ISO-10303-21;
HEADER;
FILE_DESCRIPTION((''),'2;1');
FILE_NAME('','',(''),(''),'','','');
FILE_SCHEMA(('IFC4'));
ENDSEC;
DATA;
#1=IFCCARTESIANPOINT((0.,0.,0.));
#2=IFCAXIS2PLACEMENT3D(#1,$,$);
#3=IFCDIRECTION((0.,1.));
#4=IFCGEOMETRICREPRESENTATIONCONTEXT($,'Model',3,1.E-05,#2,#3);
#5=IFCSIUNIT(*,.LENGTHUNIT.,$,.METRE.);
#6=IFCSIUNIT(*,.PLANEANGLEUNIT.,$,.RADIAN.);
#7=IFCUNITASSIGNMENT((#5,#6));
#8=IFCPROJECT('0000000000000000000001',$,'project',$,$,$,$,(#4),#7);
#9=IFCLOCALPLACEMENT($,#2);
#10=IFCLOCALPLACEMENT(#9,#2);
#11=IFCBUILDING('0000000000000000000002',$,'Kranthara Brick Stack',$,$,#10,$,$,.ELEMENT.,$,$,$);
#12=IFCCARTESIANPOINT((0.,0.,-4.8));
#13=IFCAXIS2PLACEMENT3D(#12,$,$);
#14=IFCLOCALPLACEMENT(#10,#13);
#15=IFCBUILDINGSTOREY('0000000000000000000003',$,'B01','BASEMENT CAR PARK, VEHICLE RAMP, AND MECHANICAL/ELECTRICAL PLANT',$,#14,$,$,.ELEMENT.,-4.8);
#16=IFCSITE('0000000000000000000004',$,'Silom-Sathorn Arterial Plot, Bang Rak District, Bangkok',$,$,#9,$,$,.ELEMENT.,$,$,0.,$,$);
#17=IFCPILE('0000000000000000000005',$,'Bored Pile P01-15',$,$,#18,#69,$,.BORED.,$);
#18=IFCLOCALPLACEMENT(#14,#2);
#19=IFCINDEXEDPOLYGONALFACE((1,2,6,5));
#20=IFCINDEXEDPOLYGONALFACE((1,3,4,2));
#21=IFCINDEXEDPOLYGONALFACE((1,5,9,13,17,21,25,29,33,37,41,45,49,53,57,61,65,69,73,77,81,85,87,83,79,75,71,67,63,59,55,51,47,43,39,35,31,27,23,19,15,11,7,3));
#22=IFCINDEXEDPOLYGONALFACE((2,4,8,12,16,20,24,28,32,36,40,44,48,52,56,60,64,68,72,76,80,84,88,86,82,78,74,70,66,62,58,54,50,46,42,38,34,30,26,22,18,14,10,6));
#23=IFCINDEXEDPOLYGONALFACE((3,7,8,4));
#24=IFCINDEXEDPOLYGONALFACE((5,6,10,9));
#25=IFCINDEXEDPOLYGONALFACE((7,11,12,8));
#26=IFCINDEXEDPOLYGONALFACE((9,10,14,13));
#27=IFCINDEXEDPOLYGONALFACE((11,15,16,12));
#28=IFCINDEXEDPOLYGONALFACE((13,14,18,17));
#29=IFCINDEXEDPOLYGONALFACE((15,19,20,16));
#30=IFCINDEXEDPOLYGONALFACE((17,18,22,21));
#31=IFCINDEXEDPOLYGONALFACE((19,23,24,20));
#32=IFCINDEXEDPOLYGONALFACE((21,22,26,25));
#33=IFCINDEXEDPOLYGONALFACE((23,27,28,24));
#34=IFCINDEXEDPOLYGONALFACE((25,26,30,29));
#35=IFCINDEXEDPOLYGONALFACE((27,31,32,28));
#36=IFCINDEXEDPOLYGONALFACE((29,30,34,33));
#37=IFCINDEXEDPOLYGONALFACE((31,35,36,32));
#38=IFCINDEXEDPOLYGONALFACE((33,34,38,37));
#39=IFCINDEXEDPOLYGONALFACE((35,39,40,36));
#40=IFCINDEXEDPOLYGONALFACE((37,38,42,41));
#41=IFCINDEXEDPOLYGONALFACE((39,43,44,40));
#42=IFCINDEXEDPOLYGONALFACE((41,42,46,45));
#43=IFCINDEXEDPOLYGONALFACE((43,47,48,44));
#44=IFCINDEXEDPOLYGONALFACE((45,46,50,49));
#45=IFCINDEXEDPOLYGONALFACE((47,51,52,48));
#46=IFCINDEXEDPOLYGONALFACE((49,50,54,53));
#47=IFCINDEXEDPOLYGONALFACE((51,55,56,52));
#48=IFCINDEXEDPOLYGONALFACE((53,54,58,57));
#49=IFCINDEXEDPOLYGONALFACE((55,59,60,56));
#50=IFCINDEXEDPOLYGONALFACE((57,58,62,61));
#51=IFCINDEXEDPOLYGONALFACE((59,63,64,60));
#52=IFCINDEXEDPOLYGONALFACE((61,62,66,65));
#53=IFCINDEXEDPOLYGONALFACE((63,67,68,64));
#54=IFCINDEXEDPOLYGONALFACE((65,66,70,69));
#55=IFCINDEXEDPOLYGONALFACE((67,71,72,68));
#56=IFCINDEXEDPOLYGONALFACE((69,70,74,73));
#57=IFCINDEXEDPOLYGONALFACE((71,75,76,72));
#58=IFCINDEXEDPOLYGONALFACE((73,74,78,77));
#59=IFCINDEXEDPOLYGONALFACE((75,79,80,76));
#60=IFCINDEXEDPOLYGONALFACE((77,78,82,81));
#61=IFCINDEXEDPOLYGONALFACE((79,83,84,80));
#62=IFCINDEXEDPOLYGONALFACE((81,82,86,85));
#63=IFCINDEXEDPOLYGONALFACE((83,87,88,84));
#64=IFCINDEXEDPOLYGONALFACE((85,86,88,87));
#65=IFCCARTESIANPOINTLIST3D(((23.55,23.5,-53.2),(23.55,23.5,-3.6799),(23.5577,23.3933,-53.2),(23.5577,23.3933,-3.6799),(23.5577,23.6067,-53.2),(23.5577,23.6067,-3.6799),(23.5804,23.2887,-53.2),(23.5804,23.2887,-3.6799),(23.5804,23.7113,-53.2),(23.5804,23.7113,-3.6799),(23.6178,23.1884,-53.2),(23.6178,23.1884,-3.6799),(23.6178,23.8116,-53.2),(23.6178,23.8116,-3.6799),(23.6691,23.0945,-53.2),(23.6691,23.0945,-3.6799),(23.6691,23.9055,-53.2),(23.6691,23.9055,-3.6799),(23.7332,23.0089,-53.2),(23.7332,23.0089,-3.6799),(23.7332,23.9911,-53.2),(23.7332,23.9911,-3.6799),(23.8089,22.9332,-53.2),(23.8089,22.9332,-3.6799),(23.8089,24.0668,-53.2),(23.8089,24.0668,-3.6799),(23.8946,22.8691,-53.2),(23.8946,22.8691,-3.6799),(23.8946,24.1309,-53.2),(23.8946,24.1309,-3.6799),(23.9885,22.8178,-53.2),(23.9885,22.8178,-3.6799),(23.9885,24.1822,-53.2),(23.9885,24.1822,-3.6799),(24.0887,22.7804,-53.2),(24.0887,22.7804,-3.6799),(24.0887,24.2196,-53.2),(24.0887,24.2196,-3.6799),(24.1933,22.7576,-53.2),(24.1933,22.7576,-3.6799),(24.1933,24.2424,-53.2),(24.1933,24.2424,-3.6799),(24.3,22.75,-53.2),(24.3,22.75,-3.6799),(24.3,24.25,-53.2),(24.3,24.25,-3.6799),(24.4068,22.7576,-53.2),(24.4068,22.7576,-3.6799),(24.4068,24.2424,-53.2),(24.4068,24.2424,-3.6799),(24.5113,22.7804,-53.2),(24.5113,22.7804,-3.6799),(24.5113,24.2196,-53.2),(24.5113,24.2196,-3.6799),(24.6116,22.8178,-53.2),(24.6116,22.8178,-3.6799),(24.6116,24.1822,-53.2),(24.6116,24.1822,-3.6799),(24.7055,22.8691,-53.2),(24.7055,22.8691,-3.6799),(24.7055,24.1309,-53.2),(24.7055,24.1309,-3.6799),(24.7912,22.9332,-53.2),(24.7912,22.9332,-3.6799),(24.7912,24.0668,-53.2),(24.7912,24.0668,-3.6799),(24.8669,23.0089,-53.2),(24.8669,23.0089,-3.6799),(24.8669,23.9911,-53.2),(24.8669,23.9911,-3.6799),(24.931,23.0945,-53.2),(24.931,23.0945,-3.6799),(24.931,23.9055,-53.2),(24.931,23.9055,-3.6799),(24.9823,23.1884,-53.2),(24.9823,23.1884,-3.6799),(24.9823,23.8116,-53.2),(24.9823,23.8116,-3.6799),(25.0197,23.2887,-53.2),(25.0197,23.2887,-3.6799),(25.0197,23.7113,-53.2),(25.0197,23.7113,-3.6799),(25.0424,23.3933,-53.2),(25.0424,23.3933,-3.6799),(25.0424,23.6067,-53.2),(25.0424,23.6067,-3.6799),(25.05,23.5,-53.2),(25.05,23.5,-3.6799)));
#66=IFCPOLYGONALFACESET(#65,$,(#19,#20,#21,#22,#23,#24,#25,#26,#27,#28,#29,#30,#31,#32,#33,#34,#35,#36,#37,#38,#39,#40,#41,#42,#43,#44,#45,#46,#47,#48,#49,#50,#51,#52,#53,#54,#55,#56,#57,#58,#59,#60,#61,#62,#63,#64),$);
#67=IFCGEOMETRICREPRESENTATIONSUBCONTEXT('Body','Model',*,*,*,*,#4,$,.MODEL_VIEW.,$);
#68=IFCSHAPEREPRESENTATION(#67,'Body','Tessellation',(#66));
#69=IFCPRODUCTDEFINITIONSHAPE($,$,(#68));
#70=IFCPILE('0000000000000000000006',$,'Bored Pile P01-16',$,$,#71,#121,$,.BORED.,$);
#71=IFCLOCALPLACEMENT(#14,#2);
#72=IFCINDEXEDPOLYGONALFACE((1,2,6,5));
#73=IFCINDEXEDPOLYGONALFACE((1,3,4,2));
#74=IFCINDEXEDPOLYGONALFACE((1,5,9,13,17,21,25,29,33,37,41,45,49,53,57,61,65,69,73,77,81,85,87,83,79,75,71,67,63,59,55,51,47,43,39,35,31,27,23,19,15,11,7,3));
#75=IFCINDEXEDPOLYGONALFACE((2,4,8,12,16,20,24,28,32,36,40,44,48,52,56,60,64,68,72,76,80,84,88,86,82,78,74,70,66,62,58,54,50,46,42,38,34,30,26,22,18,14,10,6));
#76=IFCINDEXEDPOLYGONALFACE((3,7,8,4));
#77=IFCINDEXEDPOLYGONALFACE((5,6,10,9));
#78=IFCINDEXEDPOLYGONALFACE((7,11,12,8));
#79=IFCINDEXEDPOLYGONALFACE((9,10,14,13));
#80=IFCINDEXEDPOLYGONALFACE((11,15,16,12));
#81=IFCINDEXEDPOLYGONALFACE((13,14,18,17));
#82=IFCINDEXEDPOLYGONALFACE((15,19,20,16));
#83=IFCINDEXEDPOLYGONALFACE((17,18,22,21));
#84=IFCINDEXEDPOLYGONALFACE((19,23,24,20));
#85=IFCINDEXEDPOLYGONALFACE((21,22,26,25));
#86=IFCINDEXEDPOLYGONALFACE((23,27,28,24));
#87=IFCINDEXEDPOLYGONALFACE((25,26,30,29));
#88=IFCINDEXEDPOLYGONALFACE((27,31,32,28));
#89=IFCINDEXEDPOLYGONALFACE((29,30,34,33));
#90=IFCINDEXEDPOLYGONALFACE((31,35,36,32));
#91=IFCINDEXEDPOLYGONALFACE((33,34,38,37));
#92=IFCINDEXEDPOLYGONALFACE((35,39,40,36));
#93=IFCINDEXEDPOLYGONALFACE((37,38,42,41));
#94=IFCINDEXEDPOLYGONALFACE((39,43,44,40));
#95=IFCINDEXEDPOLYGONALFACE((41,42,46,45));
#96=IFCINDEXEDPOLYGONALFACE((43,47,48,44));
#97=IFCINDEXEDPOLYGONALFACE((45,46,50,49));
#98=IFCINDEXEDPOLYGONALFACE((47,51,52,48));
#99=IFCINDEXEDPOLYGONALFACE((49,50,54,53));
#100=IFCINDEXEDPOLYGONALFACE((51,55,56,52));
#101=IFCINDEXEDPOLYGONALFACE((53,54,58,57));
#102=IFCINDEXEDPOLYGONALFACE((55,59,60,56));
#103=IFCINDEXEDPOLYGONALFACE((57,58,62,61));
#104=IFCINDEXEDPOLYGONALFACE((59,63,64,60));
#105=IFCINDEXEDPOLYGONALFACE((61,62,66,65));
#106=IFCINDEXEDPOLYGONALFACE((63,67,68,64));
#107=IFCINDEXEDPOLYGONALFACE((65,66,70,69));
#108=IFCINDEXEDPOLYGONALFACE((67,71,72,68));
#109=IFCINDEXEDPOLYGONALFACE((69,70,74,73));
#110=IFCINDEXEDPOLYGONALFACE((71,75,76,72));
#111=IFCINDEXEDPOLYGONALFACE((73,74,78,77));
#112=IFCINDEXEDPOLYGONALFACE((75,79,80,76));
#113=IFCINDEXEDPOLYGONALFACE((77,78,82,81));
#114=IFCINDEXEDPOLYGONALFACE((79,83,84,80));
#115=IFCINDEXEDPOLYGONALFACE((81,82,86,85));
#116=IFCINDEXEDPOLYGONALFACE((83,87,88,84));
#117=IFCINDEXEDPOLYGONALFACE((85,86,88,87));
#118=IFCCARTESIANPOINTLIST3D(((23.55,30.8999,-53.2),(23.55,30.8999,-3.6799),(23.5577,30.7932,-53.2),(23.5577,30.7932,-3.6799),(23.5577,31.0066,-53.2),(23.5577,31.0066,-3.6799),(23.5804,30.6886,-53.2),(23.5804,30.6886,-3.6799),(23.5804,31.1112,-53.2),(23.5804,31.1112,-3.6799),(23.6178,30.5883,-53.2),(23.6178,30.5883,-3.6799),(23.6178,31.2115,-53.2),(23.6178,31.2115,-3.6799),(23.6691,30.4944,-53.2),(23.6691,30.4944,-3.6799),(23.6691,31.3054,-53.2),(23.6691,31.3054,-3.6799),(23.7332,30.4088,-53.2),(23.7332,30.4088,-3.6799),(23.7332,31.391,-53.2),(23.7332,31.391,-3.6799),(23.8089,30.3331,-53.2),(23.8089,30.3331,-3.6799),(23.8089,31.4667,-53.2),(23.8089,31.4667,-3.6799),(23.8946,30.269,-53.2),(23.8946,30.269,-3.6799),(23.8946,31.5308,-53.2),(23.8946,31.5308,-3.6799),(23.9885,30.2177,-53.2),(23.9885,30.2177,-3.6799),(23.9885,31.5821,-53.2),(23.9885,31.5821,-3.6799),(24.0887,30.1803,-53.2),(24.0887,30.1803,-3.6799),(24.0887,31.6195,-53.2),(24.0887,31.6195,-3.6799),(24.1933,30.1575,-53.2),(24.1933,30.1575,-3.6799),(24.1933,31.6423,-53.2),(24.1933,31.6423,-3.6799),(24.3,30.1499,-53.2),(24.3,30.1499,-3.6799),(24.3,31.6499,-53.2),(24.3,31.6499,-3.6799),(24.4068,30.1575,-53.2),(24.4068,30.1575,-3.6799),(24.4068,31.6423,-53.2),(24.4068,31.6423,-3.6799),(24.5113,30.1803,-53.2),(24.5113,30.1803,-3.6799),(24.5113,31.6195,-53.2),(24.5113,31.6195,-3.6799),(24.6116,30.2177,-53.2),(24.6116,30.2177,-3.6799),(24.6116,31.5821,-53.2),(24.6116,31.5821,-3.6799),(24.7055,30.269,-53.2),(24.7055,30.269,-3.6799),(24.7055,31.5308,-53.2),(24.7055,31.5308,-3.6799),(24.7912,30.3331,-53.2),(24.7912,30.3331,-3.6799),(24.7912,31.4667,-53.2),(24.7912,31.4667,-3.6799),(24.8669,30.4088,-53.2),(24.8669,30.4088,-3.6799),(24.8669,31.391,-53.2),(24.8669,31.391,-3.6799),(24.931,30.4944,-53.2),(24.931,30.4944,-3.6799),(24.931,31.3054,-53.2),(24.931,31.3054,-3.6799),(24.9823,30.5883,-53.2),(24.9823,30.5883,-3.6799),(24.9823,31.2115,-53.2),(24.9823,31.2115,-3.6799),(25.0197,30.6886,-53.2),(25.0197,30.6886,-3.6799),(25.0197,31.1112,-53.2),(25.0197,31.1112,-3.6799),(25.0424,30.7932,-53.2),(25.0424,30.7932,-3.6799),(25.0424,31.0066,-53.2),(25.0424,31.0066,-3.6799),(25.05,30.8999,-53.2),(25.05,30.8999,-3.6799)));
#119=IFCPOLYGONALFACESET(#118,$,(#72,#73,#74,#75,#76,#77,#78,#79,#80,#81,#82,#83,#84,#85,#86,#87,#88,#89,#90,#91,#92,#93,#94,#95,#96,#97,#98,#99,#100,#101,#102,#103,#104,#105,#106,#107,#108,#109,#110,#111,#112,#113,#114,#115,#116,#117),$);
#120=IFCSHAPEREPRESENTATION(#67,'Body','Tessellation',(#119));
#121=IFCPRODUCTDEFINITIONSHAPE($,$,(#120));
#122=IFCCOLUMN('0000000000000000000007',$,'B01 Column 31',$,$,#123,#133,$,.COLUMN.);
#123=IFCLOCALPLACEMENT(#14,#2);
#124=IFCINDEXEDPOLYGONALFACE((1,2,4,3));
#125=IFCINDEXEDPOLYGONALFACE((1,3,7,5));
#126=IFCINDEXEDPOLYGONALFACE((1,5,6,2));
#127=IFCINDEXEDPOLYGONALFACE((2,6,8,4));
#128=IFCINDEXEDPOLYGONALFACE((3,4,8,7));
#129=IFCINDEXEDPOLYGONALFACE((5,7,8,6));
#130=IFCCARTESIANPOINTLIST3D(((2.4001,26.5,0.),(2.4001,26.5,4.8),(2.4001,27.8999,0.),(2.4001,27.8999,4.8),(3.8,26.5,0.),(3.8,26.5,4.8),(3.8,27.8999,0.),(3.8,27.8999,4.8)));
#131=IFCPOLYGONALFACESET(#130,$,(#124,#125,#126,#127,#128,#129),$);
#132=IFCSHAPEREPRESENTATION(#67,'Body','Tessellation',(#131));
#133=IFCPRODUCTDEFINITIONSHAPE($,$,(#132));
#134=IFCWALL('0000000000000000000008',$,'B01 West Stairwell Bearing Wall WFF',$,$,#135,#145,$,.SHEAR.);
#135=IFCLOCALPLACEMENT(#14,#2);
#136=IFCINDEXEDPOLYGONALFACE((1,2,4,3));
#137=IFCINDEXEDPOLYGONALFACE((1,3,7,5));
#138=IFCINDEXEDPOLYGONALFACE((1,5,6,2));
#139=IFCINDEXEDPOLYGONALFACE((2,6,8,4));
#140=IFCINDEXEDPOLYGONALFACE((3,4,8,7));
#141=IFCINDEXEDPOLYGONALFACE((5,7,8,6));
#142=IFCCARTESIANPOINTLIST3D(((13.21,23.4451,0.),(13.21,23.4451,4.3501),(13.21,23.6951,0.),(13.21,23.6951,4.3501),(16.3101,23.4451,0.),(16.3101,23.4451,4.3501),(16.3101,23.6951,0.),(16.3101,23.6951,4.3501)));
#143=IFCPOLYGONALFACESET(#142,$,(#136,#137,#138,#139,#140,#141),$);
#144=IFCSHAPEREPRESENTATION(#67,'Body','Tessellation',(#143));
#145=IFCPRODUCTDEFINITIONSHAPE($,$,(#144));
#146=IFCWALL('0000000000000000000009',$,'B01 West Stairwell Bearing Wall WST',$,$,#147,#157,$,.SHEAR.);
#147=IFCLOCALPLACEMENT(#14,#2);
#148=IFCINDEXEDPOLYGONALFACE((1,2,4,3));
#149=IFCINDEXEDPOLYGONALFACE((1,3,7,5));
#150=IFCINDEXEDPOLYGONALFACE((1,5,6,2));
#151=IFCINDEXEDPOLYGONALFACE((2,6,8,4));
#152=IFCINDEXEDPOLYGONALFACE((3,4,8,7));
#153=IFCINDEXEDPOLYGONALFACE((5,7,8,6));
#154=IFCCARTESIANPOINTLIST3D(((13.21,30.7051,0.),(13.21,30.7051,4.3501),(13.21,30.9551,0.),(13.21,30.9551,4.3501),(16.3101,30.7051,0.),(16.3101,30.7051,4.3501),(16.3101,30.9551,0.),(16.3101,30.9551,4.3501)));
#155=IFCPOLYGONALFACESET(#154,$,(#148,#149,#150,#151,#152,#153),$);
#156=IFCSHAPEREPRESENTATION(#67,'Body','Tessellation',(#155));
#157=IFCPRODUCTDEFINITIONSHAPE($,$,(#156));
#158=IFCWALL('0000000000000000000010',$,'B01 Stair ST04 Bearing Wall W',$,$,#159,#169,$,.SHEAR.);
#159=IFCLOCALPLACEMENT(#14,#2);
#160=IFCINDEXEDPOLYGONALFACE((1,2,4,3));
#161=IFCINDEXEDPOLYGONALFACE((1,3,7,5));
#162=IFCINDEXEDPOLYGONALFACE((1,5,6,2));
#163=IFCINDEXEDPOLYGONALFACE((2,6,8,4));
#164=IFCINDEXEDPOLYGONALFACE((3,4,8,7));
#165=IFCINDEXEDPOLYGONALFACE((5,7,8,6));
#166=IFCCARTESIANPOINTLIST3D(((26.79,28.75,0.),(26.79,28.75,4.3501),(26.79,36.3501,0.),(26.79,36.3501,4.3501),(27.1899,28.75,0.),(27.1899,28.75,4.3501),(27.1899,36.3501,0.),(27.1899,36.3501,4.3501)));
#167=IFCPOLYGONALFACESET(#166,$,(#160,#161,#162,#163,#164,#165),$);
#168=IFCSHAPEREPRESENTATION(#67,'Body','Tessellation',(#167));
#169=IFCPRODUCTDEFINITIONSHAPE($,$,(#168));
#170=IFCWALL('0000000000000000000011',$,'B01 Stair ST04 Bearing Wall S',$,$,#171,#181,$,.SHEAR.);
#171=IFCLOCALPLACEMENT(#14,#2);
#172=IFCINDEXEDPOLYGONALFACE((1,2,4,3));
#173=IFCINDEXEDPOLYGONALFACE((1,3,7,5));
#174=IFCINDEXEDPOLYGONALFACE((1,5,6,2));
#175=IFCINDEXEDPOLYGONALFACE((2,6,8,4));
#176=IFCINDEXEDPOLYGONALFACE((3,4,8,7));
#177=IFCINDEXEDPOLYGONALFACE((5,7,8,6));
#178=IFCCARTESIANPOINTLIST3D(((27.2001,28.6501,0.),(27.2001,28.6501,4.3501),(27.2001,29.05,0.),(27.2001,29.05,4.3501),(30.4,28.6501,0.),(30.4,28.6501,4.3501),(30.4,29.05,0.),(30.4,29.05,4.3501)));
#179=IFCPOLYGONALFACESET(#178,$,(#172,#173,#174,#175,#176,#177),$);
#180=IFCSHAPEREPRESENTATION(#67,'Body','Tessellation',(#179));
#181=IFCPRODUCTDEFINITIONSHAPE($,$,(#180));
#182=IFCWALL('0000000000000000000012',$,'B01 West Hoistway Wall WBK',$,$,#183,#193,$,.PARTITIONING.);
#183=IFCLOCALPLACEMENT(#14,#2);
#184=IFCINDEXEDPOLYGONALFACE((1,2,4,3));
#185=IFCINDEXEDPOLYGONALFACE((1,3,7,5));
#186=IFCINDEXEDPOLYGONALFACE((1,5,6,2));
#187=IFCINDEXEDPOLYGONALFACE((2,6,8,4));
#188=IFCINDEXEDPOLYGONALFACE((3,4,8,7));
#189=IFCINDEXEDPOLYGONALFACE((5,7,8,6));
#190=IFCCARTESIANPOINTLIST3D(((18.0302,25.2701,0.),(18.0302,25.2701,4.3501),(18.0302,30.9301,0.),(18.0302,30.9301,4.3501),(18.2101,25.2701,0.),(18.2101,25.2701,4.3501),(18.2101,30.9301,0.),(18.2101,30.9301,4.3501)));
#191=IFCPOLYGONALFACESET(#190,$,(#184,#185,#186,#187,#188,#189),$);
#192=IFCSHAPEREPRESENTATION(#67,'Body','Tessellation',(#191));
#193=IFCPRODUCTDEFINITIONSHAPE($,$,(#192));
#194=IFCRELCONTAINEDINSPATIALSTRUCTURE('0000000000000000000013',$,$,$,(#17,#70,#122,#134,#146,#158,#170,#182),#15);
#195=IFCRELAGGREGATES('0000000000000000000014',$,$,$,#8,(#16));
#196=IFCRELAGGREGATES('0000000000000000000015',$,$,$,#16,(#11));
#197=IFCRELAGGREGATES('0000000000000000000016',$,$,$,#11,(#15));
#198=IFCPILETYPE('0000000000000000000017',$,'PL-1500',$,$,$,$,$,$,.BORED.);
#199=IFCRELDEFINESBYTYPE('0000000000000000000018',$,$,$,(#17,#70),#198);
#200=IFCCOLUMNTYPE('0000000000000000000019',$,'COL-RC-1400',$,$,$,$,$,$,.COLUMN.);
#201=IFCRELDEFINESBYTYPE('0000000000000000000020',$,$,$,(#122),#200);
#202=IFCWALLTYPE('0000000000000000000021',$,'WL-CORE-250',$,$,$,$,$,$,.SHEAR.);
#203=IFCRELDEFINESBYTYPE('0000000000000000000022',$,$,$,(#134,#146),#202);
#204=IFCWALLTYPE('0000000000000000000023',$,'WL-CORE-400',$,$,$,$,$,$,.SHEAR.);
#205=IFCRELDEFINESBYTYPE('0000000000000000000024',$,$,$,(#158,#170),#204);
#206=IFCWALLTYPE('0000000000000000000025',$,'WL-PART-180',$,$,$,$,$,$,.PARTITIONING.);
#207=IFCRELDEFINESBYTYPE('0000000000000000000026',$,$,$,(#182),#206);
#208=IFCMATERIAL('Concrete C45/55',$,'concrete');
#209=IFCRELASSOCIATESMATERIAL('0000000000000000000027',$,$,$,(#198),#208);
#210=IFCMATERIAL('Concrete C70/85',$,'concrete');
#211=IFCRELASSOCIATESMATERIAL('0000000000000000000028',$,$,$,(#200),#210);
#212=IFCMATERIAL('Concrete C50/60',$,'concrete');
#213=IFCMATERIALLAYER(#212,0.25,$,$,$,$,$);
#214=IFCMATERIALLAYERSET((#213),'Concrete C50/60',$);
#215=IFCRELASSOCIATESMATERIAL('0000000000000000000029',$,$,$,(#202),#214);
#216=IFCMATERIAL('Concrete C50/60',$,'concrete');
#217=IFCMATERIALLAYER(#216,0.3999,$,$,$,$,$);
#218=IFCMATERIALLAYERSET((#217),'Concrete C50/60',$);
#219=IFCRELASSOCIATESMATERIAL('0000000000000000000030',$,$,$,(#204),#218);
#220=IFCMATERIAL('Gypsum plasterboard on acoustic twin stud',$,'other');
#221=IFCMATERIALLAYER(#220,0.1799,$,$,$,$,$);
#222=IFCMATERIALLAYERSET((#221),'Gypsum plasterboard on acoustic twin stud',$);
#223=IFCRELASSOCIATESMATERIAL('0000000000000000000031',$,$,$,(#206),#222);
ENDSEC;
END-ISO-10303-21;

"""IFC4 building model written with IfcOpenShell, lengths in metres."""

from ifc_helpers import new_model, si_unit, direction, frame, frame_2d, origin, origin_2d, place, context, subcontext, project, spatial, rectangle, circle, extrude, material, layer, layer_set, material_profile, profile_set, type_object, element, save


model = new_model("IFC4")

# Units and contexts
model_context = context("Model", 3, precision=1e-05, world=origin(), true_north=direction((0.0, 1.0)))
body_context = subcontext(model_context, "Body", "Model", "MODEL_VIEW")
ifc_project = project(units=[si_unit("LENGTHUNIT", "METRE"), si_unit("PLANEANGLEUNIT", "RADIAN")], contexts=[model_context])

# Site, building, storey
site_placement = place(None, origin())
site = spatial("IfcSite", under=ifc_project, at=site_placement, Name="Silom-Sathorn Arterial Plot, Bang Rak District, Bangkok", CompositionType="ELEMENT", RefElevation=0.0)
building_placement = place(site_placement, origin())
building = spatial("IfcBuilding", under=site, at=building_placement, Name="Kranthara Brick Stack", CompositionType="ELEMENT")
storey_placement = place(building_placement, frame((0.0, 0.0, -4.8)))
storey = spatial("IfcBuildingStorey", under=building, at=storey_placement, Name="B01", Description="BASEMENT CAR PARK, VEHICLE RAMP, AND MECHANICAL/ELECTRICAL PLANT", CompositionType="ELEMENT", Elevation=-4.8)

# Piles
ifc_material_1 = material(Name="Concrete C45/55", Category="concrete")
ifc_material_profile_1 = material_profile(ifc_material_1, circle(Radius=0.75, at=origin_2d()), Name="BORED PILE 1500")
ifc_profile_set_1 = profile_set([ifc_material_profile_1], Name="Concrete C45/55")
pile_type_1 = type_object("IfcPileType", Name="PL-1500", PredefinedType="BORED", material=ifc_profile_set_1)
for number, where, z_axis, x_axis, name in (
    (1, (24.3, 23.5, -3.6799), (0.0, 0.0, -1.0), (1.0, 0.0, 0.0), "Bored Pile P01-15"),
    (2, (24.3, 30.8999, -3.6799), (0.0, 0.0, -1.0), (1.0, 0.0, 0.0), "Bored Pile P01-16"),
):
    element("IfcPile", number, at=place(storey_placement, frame(where, z_axis=z_axis, x_axis=x_axis)), inside=storey, type_object=pile_type_1, Name=name, PredefinedType="BORED", context=body_context, shape_type="SweptSolid", body=[
        extrude(circle(Radius=0.75, at=origin_2d()), origin(), (0.0, 0.0, 1.0), 49.52),
    ])

# Column
ifc_material_2 = material(Name="Concrete C70/85", Category="concrete")
ifc_material_profile_2 = material_profile(ifc_material_2, rectangle(XDim=1.3999, YDim=1.3999, at=origin_2d()), Name="RC 1400x1400")
ifc_profile_set_2 = profile_set([ifc_material_profile_2], Name="Concrete C70/85")
column_type = type_object("IfcColumnType", Name="COL-RC-1400", PredefinedType="COLUMN", material=ifc_profile_set_2)
column_placement = place(storey_placement, frame((3.1001, 27.2, 0.0), z_axis=(0.0, 0.0, 1.0), x_axis=(1.0, 0.0, 0.0)))
element("IfcColumn", 3, at=column_placement, inside=storey, type_object=column_type, Name="B01 Column 31", PredefinedType="COLUMN", context=body_context, shape_type="SweptSolid", body=[
    extrude(rectangle(XDim=1.3999, YDim=1.3999, at=origin_2d()), origin(), (0.0, 0.0, 1.0), 4.8),
])

# Walls
ifc_material_3 = material(Name="Concrete C50/60", Category="concrete")
ifc_layer_1 = layer(ifc_material_3, 0.25)
ifc_layer_set_1 = layer_set([ifc_layer_1], Name="Concrete C50/60")
wall_type_1 = type_object("IfcWallType", Name="WL-CORE-250", PredefinedType="SHEAR", material=ifc_layer_set_1)
for number, where, z_axis, x_axis, name in (
    (4, (13.21, 23.5701, 0.0), (0.0, 0.0, 1.0), (1.0, 0.0, 0.0), "B01 West Stairwell Bearing Wall WFF"),
    (5, (13.21, 30.8301, 0.0), (0.0, 0.0, 1.0), (1.0, 0.0, 0.0), "B01 West Stairwell Bearing Wall WST"),
):
    element("IfcWall", number, at=place(storey_placement, frame(where, z_axis=z_axis, x_axis=x_axis)), inside=storey, type_object=wall_type_1, Name=name, PredefinedType="SHEAR", context=body_context, shape_type="SweptSolid", body=[
        extrude(rectangle(XDim=3.1001, YDim=0.25, at=frame_2d((1.55, 0.0))), origin(), (0.0, 0.0, 1.0), 4.3501),
    ])
ifc_material_4 = material(Name="Concrete C50/60", Category="concrete")
ifc_layer_2 = layer(ifc_material_4, 0.3999)
ifc_layer_set_2 = layer_set([ifc_layer_2], Name="Concrete C50/60")
wall_type_2 = type_object("IfcWallType", Name="WL-CORE-400", PredefinedType="SHEAR", material=ifc_layer_set_2)
wall_1_placement = place(storey_placement, frame((26.99, 28.75, 0.0), z_axis=(0.0, 0.0, 1.0), x_axis=(0.0, 1.0, 0.0)))
element("IfcWall", 6, at=wall_1_placement, inside=storey, type_object=wall_type_2, Name="B01 Stair ST04 Bearing Wall W", PredefinedType="SHEAR", context=body_context, shape_type="SweptSolid", body=[
    extrude(rectangle(XDim=7.6001, YDim=0.3999, at=frame_2d((3.8, 0.0))), origin(), (0.0, 0.0, 1.0), 4.3501),
])
wall_2_placement = place(storey_placement, frame((27.2, 28.8501, 0.0), z_axis=(0.0, 0.0, 1.0), x_axis=(1.0, 0.0, 0.0)))
element("IfcWall", 7, at=wall_2_placement, inside=storey, type_object=wall_type_2, Name="B01 Stair ST04 Bearing Wall S", PredefinedType="SHEAR", context=body_context, shape_type="SweptSolid", body=[
    extrude(rectangle(XDim=3.2, YDim=0.3999, at=frame_2d((1.6001, 0.0))), origin(), (0.0, 0.0, 1.0), 4.3501),
])
ifc_material_5 = material(Name="Gypsum plasterboard on acoustic twin stud", Category="other")
ifc_layer_3 = layer(ifc_material_5, 0.1799)
ifc_layer_set_3 = layer_set([ifc_layer_3], Name="Gypsum plasterboard on acoustic twin stud")
wall_type_3 = type_object("IfcWallType", Name="WL-PART-180", PredefinedType="PARTITIONING", material=ifc_layer_set_3)
wall_3_placement = place(storey_placement, frame((18.1201, 25.27, 0.0), z_axis=(0.0, 0.0, 1.0), x_axis=(0.0, 1.0, 0.0)))
element("IfcWall", 8, at=wall_3_placement, inside=storey, type_object=wall_type_3, Name="B01 West Hoistway Wall WBK", PredefinedType="PARTITIONING", context=body_context, shape_type="SweptSolid", body=[
    extrude(rectangle(XDim=5.6599, YDim=0.1799, at=frame_2d((2.8301, 0.0))), origin(), (0.0, 0.0, 1.0), 4.3501),
])

save(model, "model.ifc")
